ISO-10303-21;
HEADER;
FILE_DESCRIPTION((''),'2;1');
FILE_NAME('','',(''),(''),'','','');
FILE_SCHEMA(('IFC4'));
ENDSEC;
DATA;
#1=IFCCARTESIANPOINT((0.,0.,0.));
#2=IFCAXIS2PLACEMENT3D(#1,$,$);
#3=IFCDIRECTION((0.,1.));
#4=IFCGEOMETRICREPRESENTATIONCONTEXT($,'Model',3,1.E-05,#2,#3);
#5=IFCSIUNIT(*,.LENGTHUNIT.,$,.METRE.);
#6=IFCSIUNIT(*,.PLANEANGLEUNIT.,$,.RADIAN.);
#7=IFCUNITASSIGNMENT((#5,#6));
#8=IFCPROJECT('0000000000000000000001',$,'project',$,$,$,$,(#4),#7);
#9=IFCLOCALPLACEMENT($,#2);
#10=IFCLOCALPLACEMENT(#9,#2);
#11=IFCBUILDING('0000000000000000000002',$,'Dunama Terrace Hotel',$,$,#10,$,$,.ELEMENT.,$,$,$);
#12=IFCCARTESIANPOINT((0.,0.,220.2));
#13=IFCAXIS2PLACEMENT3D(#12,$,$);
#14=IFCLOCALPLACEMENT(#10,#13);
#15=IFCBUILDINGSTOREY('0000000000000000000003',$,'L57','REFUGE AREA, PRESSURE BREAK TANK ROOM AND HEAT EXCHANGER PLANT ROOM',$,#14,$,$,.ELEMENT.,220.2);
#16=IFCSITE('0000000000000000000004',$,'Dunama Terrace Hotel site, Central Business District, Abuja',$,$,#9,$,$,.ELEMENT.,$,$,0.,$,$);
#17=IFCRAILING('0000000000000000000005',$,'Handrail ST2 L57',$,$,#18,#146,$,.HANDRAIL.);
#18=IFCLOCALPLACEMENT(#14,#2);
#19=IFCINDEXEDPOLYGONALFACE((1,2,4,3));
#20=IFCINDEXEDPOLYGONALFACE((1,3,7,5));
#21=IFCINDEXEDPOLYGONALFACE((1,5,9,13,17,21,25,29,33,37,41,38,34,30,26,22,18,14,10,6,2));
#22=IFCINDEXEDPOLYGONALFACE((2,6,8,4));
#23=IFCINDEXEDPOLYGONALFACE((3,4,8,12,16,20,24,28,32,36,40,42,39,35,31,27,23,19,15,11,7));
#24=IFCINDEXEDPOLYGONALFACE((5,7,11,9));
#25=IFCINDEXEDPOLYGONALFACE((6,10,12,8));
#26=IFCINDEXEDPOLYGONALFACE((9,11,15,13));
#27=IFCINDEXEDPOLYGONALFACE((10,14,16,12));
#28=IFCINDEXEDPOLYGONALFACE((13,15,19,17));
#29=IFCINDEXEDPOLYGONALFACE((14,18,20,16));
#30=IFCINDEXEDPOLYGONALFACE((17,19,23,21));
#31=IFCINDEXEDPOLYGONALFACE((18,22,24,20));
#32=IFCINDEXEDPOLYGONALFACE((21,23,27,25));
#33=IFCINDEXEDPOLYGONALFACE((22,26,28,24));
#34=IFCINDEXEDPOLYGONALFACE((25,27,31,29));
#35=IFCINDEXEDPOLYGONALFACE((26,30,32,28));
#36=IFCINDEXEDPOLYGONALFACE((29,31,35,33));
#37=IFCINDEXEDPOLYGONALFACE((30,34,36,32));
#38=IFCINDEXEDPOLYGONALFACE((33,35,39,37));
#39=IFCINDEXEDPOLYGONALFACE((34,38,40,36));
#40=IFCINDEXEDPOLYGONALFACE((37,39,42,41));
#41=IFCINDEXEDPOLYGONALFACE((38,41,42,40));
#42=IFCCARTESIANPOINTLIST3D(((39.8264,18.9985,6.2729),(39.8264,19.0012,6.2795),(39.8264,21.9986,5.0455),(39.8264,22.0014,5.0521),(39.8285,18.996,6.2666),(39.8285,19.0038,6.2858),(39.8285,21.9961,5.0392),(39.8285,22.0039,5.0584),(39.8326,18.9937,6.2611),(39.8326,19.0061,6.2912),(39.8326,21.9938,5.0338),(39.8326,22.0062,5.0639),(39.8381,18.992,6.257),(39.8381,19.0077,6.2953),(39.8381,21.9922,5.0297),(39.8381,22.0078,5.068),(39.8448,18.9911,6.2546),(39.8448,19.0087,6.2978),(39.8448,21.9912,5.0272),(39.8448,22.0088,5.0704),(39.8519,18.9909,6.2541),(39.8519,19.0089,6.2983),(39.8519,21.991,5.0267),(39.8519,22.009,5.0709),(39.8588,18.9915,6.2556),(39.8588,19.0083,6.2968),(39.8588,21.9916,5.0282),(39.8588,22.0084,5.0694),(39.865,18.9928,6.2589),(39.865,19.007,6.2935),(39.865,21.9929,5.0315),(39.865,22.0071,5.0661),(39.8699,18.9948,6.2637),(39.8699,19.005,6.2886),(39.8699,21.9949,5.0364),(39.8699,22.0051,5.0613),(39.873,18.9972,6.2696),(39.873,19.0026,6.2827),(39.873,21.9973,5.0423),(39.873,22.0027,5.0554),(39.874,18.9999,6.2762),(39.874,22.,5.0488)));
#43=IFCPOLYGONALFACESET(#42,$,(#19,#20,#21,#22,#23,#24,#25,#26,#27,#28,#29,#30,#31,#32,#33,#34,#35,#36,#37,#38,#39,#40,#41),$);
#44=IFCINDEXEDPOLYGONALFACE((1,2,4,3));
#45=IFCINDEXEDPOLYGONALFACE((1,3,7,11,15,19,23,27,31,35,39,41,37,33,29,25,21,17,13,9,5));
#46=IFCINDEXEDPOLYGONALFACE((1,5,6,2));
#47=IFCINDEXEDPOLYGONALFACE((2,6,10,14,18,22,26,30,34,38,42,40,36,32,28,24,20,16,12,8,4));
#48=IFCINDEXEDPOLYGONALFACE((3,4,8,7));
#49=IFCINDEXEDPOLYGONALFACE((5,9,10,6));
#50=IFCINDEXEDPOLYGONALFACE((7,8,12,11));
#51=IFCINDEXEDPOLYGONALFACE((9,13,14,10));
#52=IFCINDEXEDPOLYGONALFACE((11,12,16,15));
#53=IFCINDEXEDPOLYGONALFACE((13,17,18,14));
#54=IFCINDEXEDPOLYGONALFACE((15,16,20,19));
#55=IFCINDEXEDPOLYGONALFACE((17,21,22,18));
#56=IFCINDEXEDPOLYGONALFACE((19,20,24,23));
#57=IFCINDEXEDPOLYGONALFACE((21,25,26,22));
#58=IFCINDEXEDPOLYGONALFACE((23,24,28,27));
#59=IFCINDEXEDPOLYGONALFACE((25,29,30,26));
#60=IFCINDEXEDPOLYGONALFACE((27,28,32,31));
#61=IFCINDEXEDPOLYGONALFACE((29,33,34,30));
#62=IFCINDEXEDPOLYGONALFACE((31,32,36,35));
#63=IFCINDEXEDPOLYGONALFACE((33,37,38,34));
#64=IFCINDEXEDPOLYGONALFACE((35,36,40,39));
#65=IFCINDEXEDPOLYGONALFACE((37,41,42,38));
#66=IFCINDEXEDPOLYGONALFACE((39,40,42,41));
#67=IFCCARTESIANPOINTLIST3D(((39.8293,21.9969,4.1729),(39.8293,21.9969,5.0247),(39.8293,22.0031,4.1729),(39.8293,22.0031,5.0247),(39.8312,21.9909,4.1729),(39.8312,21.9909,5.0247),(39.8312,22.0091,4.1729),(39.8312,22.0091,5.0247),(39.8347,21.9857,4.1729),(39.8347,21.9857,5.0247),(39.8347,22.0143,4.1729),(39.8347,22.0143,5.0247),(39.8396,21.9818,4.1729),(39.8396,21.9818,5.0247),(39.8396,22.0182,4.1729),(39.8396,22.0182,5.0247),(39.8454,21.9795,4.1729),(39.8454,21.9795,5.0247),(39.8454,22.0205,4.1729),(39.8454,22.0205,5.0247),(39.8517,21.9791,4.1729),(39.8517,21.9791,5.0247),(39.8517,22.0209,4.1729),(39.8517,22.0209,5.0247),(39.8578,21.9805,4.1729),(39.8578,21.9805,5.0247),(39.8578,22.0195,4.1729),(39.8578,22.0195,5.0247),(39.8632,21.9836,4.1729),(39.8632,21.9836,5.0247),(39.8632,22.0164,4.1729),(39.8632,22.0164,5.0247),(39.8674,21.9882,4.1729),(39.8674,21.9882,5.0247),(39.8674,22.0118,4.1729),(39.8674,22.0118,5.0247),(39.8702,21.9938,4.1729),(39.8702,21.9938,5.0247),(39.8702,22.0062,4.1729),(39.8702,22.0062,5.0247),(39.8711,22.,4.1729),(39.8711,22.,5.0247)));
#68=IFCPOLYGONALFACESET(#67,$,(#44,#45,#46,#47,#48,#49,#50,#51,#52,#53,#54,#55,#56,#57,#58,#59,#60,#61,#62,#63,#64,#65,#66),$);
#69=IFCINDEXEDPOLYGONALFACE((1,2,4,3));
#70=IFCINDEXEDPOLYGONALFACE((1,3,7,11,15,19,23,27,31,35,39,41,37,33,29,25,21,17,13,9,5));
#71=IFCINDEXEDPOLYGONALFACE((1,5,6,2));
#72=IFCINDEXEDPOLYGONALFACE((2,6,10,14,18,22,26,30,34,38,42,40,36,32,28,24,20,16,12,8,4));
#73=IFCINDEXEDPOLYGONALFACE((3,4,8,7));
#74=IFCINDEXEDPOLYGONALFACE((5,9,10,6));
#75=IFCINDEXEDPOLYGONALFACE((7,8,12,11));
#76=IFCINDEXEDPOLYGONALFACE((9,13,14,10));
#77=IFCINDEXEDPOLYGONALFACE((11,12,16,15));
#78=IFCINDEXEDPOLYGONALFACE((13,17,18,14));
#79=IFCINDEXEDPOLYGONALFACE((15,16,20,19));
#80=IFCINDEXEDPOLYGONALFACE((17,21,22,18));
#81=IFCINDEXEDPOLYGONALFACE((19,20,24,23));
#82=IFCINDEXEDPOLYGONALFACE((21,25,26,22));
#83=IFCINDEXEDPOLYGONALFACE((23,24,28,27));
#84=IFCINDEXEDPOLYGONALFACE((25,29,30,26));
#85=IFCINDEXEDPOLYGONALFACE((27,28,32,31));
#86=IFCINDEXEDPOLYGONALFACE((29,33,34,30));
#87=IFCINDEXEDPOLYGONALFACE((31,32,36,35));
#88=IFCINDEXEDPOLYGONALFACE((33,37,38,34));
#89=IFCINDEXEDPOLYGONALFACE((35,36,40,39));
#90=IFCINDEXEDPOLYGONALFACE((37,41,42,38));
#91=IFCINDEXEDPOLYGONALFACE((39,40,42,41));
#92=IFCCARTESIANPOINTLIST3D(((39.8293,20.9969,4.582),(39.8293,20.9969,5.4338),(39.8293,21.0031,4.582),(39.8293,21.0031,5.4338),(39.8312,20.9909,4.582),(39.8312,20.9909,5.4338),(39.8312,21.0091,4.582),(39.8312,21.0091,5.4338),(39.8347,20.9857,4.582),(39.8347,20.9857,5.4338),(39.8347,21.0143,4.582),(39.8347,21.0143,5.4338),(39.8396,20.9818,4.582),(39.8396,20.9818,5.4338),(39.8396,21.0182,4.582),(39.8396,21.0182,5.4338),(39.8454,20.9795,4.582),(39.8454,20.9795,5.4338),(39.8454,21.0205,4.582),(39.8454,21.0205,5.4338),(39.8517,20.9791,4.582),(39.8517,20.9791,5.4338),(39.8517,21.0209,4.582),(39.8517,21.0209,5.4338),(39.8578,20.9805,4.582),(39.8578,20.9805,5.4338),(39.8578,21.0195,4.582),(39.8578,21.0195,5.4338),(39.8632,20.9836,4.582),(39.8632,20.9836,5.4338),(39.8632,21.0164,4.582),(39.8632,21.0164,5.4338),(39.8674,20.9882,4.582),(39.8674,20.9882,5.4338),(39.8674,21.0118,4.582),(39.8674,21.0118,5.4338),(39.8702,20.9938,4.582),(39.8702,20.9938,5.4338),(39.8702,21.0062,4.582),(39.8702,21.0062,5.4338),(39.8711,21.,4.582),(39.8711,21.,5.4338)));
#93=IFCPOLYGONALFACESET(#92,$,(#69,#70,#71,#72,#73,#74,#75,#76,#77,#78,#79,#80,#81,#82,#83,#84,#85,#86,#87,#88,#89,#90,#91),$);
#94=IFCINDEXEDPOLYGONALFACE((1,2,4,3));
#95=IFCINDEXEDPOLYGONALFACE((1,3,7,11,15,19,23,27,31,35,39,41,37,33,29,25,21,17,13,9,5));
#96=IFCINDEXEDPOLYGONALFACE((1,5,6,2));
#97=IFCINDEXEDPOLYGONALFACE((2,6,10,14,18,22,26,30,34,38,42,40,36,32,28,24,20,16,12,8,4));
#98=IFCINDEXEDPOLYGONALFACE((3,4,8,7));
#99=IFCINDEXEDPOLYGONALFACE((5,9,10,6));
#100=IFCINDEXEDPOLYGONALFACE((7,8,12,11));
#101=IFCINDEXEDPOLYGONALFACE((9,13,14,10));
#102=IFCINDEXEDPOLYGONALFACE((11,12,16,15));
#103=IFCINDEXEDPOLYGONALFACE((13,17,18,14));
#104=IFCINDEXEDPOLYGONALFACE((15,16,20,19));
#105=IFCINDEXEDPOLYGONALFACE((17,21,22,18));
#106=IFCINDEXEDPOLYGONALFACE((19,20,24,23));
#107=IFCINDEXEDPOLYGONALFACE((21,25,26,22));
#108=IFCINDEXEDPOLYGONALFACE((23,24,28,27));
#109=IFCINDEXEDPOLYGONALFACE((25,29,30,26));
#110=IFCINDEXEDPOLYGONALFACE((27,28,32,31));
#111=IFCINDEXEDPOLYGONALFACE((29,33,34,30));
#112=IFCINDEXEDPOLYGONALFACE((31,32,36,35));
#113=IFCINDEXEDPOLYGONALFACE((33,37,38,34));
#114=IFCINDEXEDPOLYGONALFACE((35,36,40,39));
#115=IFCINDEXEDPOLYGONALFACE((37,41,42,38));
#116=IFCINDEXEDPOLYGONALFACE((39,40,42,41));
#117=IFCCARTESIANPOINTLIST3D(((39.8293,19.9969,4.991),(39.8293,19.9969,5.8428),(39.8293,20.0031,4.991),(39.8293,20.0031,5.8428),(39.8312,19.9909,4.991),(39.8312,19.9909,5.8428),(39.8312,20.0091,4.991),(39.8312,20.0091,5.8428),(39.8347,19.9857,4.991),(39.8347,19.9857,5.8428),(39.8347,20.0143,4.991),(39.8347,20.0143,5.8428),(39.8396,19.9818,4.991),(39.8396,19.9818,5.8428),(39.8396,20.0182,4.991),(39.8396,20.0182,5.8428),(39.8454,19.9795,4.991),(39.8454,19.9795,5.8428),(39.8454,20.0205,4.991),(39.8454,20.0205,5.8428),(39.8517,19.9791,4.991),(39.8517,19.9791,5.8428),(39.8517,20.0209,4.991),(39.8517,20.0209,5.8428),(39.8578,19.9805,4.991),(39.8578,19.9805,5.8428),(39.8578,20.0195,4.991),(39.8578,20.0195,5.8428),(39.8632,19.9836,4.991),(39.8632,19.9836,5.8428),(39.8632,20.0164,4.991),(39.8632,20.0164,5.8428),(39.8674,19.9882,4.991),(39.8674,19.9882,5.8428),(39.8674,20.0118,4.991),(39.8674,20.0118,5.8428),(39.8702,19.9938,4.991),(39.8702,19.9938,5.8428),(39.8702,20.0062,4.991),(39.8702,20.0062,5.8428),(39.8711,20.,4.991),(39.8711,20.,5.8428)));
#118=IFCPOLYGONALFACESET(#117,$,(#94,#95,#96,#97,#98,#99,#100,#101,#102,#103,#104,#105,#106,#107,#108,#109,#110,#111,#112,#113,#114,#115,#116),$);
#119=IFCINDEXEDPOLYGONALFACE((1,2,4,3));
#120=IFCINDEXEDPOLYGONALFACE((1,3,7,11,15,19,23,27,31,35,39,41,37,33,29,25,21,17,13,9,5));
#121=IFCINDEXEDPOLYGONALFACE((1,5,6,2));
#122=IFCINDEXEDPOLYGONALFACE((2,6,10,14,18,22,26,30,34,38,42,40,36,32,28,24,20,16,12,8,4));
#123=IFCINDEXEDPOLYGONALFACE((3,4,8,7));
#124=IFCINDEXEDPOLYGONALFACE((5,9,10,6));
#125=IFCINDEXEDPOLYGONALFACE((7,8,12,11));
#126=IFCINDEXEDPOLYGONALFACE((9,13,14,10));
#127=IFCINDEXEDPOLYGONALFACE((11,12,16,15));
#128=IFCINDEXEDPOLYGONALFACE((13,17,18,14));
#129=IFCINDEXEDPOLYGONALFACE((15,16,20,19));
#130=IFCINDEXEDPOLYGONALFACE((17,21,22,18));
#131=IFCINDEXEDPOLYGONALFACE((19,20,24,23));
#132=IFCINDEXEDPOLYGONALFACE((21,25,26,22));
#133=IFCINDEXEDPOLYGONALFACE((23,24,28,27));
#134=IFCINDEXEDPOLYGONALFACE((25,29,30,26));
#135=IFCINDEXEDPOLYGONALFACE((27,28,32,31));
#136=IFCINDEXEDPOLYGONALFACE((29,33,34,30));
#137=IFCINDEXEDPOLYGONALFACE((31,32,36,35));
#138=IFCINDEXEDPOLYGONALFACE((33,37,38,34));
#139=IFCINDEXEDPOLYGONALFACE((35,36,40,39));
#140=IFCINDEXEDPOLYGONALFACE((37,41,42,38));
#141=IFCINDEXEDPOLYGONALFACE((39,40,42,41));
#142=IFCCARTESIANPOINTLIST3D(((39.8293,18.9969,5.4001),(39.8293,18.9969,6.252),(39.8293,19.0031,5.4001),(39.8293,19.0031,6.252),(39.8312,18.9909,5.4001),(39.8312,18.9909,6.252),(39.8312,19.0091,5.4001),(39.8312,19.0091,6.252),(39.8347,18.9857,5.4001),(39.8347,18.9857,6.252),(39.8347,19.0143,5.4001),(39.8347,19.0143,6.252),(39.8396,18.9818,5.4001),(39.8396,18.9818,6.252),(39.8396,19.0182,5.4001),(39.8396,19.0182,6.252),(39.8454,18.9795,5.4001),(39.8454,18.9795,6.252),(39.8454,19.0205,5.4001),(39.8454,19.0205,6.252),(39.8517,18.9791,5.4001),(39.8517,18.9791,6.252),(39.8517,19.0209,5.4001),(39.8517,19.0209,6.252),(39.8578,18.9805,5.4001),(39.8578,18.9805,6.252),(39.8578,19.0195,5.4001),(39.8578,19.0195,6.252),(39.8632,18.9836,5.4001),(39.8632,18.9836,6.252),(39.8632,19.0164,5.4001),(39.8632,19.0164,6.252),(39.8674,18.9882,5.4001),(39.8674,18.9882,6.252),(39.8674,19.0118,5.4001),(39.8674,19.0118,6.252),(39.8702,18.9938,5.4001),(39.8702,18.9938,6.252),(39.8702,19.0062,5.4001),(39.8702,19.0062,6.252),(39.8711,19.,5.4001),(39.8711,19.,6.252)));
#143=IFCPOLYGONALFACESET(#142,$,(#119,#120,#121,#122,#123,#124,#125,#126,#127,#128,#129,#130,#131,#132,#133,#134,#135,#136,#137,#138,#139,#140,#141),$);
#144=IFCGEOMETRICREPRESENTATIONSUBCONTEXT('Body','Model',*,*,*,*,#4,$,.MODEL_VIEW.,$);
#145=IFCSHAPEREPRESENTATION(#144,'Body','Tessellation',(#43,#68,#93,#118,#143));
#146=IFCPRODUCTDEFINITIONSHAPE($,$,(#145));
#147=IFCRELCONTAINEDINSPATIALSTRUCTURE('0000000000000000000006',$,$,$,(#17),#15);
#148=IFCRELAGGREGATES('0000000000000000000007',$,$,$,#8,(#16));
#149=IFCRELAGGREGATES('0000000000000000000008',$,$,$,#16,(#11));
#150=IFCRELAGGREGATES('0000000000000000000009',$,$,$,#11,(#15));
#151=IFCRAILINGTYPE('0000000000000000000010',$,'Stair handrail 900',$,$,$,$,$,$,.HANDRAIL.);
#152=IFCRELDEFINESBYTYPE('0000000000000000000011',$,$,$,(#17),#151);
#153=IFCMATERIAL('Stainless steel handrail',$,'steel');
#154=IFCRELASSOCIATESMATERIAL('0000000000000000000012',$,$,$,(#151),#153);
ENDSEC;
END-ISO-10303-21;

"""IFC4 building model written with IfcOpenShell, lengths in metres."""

from ifc_helpers import new_model, si_unit, direction, frame, origin, origin_2d, place, context, subcontext, project, spatial, circle, extrude, material, type_object, element, save


model = new_model("IFC4")

# Units and contexts
model_context = context("Model", 3, precision=1e-05, world=origin(), true_north=direction((0.0, 1.0)))
body_context = subcontext(model_context, "Body", "Model", "MODEL_VIEW")
ifc_project = project(units=[si_unit("LENGTHUNIT", "METRE"), si_unit("PLANEANGLEUNIT", "RADIAN")], contexts=[model_context])

# Site, building, storey
site_placement = place(None, origin())
site = spatial("IfcSite", under=ifc_project, at=site_placement, Name="Dunama Terrace Hotel site, Central Business District, Abuja", CompositionType="ELEMENT", RefElevation=0.0)
building_placement = place(site_placement, origin())
building = spatial("IfcBuilding", under=site, at=building_placement, Name="Dunama Terrace Hotel", CompositionType="ELEMENT")
storey_placement = place(building_placement, frame((0.0, 0.0, 220.2)))
storey = spatial("IfcBuildingStorey", under=building, at=storey_placement, Name="L57", Description="REFUGE AREA, PRESSURE BREAK TANK ROOM AND HEAT EXCHANGER PLANT ROOM", CompositionType="ELEMENT", Elevation=220.2)

# Railing
ifc_material_1 = material(Name="Stainless steel handrail", Category="steel")
railing_type = type_object("IfcRailingType", Name="Stair handrail 900", PredefinedType="HANDRAIL", material=ifc_material_1)
railing_1_placement = place(storey_placement, frame((39.8501, 22.0, 4.1729)))
element("IfcRailing", 1, at=railing_1_placement, inside=storey, type_object=railing_type, Name="Handrail ST2 L57", PredefinedType="HANDRAIL", context=body_context, shape_type="SweptSolid", body=[
    extrude(circle(Radius=0.0239, at=origin_2d()), frame((0.0, 0.0, 0.876), z_axis=(0.0, -0.925545, 0.378639), x_axis=(1.0, 0.0, 0.0)), (0.0, 0.0, 1.0), 3.2415),
    extrude(circle(Radius=0.021, at=origin_2d()), origin(), (0.0, 0.0, 1.0), 0.8518),
    extrude(circle(Radius=0.021, at=origin_2d()), frame((0.0, -1.0, 0.4092)), (0.0, 0.0, 1.0), 0.8518),
    extrude(circle(Radius=0.021, at=origin_2d()), frame((0.0, -2.0, 0.8181)), (0.0, 0.0, 1.0), 0.8518),
    extrude(circle(Radius=0.021, at=origin_2d()), frame((0.0, -3.0, 1.2273)), (0.0, 0.0, 1.0), 0.8518),
])

save(model, "model.ifc")
